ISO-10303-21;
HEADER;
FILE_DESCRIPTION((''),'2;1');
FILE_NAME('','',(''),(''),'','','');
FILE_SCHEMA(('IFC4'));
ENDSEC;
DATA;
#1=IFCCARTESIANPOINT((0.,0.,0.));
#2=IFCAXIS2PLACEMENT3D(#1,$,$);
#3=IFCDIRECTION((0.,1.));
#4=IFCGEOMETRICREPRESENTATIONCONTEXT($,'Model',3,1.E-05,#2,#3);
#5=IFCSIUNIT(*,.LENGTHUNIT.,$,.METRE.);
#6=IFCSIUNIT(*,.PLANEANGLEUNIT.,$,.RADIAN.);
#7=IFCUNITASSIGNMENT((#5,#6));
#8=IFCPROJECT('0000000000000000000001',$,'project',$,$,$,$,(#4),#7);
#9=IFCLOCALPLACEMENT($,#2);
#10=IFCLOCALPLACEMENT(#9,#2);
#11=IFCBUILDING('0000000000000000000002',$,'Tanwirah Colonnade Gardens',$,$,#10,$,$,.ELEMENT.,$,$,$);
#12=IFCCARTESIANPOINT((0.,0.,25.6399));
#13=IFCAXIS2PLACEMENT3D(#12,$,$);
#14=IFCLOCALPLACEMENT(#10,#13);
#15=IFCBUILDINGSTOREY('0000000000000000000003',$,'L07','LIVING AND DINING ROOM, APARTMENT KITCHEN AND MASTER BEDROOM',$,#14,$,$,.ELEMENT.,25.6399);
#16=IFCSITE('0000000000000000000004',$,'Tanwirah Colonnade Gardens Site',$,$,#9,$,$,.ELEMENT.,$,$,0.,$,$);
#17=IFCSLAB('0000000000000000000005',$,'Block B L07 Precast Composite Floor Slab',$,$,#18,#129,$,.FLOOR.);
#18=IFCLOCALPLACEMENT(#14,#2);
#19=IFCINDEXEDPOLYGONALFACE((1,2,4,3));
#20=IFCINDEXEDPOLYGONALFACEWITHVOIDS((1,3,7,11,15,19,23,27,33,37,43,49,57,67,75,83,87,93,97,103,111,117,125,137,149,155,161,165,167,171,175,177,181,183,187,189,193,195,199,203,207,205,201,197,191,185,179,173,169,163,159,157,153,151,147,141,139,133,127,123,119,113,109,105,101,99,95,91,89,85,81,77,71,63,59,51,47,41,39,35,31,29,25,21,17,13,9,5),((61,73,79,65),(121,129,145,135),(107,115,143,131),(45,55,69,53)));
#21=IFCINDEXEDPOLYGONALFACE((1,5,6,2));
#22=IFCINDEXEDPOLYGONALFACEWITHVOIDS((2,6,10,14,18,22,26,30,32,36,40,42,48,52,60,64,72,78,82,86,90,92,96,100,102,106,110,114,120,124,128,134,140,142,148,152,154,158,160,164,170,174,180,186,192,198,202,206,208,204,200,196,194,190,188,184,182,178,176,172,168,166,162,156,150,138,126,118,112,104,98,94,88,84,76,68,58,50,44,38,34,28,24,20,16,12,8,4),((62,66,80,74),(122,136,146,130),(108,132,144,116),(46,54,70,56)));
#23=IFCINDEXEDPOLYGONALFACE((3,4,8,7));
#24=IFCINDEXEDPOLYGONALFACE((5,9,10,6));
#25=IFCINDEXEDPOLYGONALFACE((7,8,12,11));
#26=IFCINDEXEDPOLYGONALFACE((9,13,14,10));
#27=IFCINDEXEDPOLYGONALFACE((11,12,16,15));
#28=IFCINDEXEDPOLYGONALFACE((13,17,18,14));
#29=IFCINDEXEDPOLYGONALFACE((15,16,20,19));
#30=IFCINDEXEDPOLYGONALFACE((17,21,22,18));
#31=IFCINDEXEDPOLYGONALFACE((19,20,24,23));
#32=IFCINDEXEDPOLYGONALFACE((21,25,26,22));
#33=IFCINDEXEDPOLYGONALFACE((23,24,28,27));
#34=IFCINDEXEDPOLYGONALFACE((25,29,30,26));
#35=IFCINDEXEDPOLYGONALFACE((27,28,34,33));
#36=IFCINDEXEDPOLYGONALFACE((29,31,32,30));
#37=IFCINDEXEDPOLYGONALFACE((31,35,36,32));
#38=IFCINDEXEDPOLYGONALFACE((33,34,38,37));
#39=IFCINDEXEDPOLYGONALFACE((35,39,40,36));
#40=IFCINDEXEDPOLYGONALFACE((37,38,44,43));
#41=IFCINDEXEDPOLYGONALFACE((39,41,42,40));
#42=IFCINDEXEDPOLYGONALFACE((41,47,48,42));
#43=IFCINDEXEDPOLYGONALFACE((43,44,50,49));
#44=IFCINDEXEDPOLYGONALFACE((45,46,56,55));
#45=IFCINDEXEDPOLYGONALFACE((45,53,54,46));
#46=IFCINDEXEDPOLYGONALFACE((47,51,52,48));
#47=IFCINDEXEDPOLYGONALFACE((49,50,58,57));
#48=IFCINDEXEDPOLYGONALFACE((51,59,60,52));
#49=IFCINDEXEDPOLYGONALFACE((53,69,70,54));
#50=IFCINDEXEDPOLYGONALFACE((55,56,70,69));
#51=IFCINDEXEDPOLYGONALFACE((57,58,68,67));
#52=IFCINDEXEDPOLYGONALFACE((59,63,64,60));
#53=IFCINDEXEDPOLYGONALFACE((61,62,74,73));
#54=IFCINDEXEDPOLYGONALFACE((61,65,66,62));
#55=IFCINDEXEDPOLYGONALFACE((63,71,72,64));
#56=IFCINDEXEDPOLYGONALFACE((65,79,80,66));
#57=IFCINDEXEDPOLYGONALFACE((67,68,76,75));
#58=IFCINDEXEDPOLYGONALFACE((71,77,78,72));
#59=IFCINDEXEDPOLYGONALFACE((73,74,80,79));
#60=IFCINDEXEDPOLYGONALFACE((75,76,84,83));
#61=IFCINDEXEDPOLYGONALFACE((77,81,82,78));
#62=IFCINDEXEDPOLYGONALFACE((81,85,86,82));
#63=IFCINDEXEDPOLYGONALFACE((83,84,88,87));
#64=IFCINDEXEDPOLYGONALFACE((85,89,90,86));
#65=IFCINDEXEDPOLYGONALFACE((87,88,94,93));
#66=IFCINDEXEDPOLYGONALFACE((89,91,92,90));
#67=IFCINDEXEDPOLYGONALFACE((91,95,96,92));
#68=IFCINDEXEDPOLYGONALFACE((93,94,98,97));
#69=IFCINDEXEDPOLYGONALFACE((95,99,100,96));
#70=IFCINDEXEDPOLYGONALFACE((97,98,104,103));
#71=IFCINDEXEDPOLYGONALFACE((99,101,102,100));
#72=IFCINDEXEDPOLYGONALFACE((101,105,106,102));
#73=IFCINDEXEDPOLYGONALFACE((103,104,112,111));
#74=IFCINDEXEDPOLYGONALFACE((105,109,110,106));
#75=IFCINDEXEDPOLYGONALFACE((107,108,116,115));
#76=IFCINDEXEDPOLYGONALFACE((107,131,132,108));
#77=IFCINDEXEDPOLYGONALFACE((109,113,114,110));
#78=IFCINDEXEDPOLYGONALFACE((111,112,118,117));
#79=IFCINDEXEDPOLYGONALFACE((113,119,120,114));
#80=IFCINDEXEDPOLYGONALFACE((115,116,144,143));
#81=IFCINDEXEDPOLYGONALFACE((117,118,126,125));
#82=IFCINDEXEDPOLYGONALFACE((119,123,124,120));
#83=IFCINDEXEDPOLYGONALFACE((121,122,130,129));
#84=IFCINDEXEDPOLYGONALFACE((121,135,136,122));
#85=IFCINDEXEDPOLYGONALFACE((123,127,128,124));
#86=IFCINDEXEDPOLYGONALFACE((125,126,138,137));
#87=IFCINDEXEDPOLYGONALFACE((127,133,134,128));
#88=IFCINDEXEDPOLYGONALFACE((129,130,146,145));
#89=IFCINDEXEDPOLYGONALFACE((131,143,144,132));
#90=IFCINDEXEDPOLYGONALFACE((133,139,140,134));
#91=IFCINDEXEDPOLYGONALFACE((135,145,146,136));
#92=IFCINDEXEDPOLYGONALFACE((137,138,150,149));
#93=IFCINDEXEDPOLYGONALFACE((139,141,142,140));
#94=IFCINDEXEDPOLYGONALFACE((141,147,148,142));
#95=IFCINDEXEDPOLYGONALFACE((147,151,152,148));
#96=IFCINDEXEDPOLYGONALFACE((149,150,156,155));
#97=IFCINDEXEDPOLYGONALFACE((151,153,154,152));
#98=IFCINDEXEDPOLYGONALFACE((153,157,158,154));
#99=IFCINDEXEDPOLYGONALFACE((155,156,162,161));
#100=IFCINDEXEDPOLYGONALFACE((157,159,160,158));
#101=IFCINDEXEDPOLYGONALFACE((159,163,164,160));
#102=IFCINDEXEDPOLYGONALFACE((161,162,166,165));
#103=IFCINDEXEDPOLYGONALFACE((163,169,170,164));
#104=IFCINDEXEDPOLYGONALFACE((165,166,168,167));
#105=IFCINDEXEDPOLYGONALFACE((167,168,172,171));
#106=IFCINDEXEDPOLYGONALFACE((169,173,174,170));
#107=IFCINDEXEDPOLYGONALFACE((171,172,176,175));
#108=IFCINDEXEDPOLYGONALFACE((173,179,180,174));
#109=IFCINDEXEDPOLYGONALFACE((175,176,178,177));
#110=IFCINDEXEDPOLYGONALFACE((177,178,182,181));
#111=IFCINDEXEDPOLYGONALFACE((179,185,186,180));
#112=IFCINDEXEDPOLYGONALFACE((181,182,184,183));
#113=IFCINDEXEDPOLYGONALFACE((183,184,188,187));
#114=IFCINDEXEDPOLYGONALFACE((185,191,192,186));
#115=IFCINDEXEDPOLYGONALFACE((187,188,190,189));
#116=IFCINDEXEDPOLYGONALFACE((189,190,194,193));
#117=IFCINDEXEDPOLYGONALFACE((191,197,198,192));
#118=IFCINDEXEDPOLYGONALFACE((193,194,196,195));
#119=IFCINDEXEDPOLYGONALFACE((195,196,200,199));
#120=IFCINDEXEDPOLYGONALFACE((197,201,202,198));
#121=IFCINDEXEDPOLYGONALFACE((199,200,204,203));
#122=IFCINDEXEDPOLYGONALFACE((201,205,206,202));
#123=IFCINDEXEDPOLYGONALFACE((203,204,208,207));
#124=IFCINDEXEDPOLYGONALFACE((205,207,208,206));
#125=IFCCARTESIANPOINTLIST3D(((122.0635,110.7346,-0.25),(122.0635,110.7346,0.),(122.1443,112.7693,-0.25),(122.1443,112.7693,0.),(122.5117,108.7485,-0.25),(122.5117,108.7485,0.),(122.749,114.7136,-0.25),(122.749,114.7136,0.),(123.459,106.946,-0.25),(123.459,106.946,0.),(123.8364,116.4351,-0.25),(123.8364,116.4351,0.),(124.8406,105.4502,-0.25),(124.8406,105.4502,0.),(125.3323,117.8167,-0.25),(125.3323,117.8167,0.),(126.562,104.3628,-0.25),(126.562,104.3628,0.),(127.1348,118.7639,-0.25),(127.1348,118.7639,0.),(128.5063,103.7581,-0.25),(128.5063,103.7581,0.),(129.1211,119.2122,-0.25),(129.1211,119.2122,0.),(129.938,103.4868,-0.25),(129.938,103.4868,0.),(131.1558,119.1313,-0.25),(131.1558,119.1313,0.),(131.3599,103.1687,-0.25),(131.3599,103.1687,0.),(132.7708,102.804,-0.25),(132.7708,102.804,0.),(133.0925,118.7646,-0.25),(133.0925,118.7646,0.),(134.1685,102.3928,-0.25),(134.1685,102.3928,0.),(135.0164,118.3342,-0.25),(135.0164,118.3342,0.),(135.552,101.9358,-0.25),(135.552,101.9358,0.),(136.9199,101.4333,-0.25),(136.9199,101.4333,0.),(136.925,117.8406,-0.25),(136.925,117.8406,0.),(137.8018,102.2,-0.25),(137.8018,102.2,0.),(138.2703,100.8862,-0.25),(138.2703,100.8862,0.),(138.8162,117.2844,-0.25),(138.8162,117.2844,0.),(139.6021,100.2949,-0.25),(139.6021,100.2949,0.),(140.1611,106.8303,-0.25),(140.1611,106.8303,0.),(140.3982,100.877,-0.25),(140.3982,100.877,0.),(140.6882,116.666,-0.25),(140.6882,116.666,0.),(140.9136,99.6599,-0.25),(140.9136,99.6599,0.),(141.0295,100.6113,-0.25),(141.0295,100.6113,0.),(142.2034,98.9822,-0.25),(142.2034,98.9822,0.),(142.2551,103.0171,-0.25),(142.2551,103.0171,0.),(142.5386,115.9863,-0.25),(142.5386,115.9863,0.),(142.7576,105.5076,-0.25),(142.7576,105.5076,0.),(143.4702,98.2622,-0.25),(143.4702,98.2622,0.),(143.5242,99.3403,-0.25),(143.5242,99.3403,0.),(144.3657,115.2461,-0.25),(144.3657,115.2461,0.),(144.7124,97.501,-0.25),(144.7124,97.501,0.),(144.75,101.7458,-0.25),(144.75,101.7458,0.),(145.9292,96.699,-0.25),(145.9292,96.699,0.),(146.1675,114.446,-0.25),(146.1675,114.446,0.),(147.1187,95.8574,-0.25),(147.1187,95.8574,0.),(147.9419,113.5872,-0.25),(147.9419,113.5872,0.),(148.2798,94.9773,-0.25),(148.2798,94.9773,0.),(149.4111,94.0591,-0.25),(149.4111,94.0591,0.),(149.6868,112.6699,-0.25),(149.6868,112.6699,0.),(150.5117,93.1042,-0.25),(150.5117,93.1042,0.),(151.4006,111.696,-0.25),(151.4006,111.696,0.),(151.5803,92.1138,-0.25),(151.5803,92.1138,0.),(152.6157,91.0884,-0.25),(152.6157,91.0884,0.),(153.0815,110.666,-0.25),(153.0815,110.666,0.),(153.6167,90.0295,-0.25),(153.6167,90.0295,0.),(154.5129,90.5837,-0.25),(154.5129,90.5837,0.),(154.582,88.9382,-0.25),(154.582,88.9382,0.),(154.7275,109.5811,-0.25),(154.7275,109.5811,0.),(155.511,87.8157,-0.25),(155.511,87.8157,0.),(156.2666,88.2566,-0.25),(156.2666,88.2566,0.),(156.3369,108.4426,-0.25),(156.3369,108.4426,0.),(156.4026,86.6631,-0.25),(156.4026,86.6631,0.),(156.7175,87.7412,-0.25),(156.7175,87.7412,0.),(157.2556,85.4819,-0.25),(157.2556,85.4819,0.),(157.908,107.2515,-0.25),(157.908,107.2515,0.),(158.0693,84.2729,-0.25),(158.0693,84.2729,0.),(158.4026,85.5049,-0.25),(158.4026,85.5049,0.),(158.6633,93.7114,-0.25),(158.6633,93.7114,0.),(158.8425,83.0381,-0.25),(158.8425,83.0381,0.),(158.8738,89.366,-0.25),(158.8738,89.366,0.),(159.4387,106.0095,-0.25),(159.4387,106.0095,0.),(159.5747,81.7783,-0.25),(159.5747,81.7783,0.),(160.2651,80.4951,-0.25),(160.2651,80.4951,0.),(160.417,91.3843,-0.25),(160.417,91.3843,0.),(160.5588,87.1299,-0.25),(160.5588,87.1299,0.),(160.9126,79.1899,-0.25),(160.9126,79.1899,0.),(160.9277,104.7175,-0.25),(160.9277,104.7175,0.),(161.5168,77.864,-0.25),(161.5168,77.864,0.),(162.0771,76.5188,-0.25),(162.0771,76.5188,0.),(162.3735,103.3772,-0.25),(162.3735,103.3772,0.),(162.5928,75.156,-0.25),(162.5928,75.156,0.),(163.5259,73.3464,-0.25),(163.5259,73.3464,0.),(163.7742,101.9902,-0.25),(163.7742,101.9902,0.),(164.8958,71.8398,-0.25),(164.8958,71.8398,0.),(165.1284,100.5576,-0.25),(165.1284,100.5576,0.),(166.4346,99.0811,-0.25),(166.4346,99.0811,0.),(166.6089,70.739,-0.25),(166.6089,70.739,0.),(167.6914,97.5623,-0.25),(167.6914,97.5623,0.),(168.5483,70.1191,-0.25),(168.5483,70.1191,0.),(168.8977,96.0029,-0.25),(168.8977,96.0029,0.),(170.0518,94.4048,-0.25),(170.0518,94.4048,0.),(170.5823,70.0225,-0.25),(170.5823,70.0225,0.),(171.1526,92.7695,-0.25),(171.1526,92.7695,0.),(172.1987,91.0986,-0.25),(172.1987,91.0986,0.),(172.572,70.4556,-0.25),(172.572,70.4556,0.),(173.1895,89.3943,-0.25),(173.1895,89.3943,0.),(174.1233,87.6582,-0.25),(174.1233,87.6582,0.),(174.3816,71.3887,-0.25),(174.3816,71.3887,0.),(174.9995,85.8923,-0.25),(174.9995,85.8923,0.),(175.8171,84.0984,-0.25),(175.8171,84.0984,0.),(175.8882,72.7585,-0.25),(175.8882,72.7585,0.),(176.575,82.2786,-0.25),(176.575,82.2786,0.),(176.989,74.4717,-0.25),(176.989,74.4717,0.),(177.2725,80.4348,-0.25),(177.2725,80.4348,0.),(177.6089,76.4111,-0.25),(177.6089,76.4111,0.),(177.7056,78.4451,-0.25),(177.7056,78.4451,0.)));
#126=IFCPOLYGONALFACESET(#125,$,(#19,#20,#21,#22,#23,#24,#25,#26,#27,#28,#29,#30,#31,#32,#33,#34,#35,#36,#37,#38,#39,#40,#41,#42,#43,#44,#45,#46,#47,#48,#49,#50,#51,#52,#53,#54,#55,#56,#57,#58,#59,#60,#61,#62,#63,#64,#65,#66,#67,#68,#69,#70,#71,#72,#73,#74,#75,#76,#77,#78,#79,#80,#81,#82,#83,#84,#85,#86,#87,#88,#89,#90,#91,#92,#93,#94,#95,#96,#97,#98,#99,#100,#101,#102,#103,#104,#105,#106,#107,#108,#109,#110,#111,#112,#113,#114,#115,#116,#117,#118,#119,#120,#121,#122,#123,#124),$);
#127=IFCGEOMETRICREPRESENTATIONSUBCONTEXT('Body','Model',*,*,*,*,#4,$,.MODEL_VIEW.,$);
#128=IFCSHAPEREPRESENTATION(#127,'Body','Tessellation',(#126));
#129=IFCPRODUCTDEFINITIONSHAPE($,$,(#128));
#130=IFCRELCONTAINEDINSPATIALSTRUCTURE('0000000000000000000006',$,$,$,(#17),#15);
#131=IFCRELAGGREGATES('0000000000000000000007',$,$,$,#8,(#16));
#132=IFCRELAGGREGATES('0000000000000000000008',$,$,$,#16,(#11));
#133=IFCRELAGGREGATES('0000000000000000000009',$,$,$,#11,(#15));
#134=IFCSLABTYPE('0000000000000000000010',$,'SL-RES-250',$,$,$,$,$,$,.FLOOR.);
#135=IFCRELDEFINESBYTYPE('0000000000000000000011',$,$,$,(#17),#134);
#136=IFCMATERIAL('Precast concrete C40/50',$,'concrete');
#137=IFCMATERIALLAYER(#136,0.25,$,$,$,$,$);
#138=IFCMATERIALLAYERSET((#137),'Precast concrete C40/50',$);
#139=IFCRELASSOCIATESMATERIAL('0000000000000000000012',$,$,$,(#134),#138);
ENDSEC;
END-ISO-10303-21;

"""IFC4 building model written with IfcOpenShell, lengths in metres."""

from ifc_helpers import new_model, si_unit, direction, frame, origin, place, context, subcontext, project, spatial, polyline, outline, extrude, material, layer, layer_set, type_object, element, save


model = new_model("IFC4")

# Units and contexts
model_context = context("Model", 3, precision=1e-05, world=origin(), true_north=direction((0.0, 1.0)))
body_context = subcontext(model_context, "Body", "Model", "MODEL_VIEW")
ifc_project = project(units=[si_unit("LENGTHUNIT", "METRE"), si_unit("PLANEANGLEUNIT", "RADIAN")], contexts=[model_context])

# Site, building, storey
site_placement = place(None, origin())
site = spatial("IfcSite", under=ifc_project, at=site_placement, Name="Tanwirah Colonnade Gardens Site", CompositionType="ELEMENT", RefElevation=0.0)
building_placement = place(site_placement, origin())
building = spatial("IfcBuilding", under=site, at=building_placement, Name="Tanwirah Colonnade Gardens", CompositionType="ELEMENT")
storey_placement = place(building_placement, frame((0.0, 0.0, 25.6399)))
storey = spatial("IfcBuildingStorey", under=building, at=storey_placement, Name="L07", Description="LIVING AND DINING ROOM, APARTMENT KITCHEN AND MASTER BEDROOM", CompositionType="ELEMENT", Elevation=25.6399)

# Shared definitions
ifc_material_1 = material(Name="Precast concrete C40/50", Category="concrete")

# Slab
ifc_layer_1 = layer(ifc_material_1, 0.25)
ifc_layer_set_1 = layer_set([ifc_layer_1], Name="Precast concrete C40/50")
slab_type_1 = type_object("IfcSlabType", Name="SL-RES-250", PredefinedType="FLOOR", material=ifc_layer_set_1)
slab_1_placement = place(storey_placement, frame((0.0, 0.0, -0.25)))
element("IfcSlab", 1, at=slab_1_placement, inside=storey, type_object=slab_type_1, Name="Block B L07 Precast Composite Floor Slab", PredefinedType="FLOOR", context=body_context, shape_type="SweptSolid", body=[
    extrude(outline(polyline([(161.5168, 77.864), (162.0771, 76.5188), (162.5928, 75.156), (163.5259, 73.3464), (164.8958, 71.8398), (166.6089, 70.739), (168.5483, 70.1191), (170.5823, 70.0225), (172.572, 70.4556), (174.3816, 71.3887), (175.8882, 72.7585), (176.989, 74.4717), (177.6089, 76.4111), (177.7056, 78.4451), (177.2725, 80.4348), (176.575, 82.2786), (175.8171, 84.0984), (174.9995, 85.8923), (174.1233, 87.6582), (173.1895, 89.3943), (172.1987, 91.0986), (171.1526, 92.7695), (170.0518, 94.4048), (168.8977, 96.0029), (167.6914, 97.5623), (166.4346, 99.0811), (165.1284, 100.5576), (163.7742, 101.9902), (162.3735, 103.3772), (160.9277, 104.7175), (159.4387, 106.0095), (157.908, 107.2515), (156.3369, 108.4426), (154.7275, 109.5811), (153.0815, 110.666), (151.4006, 111.696), (149.6868, 112.6699), (147.9419, 113.5872), (146.1675, 114.446), (144.3657, 115.2461), (142.5386, 115.9863), (140.6882, 116.666), (138.8162, 117.2844), (136.925, 117.8406), (135.0164, 118.3342), (133.0925, 118.7646), (131.1558, 119.1313), (129.1211, 119.2122), (127.1348, 118.7639), (125.3323, 117.8167), (123.8364, 116.4351), (122.749, 114.7136), (122.1443, 112.7693), (122.0635, 110.7346), (122.5117, 108.7485), (123.459, 106.946), (124.8406, 105.4502), (126.562, 104.3628), (128.5063, 103.7581), (129.938, 103.4868), (131.3599, 103.1687), (132.7708, 102.804), (134.1685, 102.3928), (135.552, 101.9358), (136.9199, 101.4333), (138.2703, 100.8862), (139.6021, 100.2949), (140.9136, 99.6599), (142.2034, 98.9822), (143.4702, 98.2622), (144.7124, 97.501), (145.9292, 96.699), (147.1187, 95.8574), (148.2798, 94.9773), (149.4111, 94.0591), (150.5117, 93.1042), (151.5803, 92.1138), (152.6157, 91.0884), (153.6167, 90.0295), (154.582, 88.9382), (155.511, 87.8157), (156.4026, 86.6631), (157.2556, 85.4819), (158.0693, 84.2729), (158.8425, 83.0381), (159.5747, 81.7783), (160.2651, 80.4951), (160.9126, 79.1899), (161.5168, 77.864)]), holes=[polyline([(160.417, 91.3843), (156.2666, 88.2566), (154.5129, 90.5837), (158.6633, 93.7114), (160.417, 91.3843)]), polyline([(158.4026, 85.5049), (156.7175, 87.7412), (158.8738, 89.366), (160.5588, 87.1299), (158.4026, 85.5049)]), polyline([(137.8018, 102.2), (140.1611, 106.8303), (142.7576, 105.5076), (140.3982, 100.877), (137.8018, 102.2)]), polyline([(142.2551, 103.0171), (144.75, 101.7458), (143.5242, 99.3403), (141.0295, 100.6113), (142.2551, 103.0171)])]), origin(), (0.0, 0.0, 1.0), 0.25),
])

save(model, "model.ifc")
